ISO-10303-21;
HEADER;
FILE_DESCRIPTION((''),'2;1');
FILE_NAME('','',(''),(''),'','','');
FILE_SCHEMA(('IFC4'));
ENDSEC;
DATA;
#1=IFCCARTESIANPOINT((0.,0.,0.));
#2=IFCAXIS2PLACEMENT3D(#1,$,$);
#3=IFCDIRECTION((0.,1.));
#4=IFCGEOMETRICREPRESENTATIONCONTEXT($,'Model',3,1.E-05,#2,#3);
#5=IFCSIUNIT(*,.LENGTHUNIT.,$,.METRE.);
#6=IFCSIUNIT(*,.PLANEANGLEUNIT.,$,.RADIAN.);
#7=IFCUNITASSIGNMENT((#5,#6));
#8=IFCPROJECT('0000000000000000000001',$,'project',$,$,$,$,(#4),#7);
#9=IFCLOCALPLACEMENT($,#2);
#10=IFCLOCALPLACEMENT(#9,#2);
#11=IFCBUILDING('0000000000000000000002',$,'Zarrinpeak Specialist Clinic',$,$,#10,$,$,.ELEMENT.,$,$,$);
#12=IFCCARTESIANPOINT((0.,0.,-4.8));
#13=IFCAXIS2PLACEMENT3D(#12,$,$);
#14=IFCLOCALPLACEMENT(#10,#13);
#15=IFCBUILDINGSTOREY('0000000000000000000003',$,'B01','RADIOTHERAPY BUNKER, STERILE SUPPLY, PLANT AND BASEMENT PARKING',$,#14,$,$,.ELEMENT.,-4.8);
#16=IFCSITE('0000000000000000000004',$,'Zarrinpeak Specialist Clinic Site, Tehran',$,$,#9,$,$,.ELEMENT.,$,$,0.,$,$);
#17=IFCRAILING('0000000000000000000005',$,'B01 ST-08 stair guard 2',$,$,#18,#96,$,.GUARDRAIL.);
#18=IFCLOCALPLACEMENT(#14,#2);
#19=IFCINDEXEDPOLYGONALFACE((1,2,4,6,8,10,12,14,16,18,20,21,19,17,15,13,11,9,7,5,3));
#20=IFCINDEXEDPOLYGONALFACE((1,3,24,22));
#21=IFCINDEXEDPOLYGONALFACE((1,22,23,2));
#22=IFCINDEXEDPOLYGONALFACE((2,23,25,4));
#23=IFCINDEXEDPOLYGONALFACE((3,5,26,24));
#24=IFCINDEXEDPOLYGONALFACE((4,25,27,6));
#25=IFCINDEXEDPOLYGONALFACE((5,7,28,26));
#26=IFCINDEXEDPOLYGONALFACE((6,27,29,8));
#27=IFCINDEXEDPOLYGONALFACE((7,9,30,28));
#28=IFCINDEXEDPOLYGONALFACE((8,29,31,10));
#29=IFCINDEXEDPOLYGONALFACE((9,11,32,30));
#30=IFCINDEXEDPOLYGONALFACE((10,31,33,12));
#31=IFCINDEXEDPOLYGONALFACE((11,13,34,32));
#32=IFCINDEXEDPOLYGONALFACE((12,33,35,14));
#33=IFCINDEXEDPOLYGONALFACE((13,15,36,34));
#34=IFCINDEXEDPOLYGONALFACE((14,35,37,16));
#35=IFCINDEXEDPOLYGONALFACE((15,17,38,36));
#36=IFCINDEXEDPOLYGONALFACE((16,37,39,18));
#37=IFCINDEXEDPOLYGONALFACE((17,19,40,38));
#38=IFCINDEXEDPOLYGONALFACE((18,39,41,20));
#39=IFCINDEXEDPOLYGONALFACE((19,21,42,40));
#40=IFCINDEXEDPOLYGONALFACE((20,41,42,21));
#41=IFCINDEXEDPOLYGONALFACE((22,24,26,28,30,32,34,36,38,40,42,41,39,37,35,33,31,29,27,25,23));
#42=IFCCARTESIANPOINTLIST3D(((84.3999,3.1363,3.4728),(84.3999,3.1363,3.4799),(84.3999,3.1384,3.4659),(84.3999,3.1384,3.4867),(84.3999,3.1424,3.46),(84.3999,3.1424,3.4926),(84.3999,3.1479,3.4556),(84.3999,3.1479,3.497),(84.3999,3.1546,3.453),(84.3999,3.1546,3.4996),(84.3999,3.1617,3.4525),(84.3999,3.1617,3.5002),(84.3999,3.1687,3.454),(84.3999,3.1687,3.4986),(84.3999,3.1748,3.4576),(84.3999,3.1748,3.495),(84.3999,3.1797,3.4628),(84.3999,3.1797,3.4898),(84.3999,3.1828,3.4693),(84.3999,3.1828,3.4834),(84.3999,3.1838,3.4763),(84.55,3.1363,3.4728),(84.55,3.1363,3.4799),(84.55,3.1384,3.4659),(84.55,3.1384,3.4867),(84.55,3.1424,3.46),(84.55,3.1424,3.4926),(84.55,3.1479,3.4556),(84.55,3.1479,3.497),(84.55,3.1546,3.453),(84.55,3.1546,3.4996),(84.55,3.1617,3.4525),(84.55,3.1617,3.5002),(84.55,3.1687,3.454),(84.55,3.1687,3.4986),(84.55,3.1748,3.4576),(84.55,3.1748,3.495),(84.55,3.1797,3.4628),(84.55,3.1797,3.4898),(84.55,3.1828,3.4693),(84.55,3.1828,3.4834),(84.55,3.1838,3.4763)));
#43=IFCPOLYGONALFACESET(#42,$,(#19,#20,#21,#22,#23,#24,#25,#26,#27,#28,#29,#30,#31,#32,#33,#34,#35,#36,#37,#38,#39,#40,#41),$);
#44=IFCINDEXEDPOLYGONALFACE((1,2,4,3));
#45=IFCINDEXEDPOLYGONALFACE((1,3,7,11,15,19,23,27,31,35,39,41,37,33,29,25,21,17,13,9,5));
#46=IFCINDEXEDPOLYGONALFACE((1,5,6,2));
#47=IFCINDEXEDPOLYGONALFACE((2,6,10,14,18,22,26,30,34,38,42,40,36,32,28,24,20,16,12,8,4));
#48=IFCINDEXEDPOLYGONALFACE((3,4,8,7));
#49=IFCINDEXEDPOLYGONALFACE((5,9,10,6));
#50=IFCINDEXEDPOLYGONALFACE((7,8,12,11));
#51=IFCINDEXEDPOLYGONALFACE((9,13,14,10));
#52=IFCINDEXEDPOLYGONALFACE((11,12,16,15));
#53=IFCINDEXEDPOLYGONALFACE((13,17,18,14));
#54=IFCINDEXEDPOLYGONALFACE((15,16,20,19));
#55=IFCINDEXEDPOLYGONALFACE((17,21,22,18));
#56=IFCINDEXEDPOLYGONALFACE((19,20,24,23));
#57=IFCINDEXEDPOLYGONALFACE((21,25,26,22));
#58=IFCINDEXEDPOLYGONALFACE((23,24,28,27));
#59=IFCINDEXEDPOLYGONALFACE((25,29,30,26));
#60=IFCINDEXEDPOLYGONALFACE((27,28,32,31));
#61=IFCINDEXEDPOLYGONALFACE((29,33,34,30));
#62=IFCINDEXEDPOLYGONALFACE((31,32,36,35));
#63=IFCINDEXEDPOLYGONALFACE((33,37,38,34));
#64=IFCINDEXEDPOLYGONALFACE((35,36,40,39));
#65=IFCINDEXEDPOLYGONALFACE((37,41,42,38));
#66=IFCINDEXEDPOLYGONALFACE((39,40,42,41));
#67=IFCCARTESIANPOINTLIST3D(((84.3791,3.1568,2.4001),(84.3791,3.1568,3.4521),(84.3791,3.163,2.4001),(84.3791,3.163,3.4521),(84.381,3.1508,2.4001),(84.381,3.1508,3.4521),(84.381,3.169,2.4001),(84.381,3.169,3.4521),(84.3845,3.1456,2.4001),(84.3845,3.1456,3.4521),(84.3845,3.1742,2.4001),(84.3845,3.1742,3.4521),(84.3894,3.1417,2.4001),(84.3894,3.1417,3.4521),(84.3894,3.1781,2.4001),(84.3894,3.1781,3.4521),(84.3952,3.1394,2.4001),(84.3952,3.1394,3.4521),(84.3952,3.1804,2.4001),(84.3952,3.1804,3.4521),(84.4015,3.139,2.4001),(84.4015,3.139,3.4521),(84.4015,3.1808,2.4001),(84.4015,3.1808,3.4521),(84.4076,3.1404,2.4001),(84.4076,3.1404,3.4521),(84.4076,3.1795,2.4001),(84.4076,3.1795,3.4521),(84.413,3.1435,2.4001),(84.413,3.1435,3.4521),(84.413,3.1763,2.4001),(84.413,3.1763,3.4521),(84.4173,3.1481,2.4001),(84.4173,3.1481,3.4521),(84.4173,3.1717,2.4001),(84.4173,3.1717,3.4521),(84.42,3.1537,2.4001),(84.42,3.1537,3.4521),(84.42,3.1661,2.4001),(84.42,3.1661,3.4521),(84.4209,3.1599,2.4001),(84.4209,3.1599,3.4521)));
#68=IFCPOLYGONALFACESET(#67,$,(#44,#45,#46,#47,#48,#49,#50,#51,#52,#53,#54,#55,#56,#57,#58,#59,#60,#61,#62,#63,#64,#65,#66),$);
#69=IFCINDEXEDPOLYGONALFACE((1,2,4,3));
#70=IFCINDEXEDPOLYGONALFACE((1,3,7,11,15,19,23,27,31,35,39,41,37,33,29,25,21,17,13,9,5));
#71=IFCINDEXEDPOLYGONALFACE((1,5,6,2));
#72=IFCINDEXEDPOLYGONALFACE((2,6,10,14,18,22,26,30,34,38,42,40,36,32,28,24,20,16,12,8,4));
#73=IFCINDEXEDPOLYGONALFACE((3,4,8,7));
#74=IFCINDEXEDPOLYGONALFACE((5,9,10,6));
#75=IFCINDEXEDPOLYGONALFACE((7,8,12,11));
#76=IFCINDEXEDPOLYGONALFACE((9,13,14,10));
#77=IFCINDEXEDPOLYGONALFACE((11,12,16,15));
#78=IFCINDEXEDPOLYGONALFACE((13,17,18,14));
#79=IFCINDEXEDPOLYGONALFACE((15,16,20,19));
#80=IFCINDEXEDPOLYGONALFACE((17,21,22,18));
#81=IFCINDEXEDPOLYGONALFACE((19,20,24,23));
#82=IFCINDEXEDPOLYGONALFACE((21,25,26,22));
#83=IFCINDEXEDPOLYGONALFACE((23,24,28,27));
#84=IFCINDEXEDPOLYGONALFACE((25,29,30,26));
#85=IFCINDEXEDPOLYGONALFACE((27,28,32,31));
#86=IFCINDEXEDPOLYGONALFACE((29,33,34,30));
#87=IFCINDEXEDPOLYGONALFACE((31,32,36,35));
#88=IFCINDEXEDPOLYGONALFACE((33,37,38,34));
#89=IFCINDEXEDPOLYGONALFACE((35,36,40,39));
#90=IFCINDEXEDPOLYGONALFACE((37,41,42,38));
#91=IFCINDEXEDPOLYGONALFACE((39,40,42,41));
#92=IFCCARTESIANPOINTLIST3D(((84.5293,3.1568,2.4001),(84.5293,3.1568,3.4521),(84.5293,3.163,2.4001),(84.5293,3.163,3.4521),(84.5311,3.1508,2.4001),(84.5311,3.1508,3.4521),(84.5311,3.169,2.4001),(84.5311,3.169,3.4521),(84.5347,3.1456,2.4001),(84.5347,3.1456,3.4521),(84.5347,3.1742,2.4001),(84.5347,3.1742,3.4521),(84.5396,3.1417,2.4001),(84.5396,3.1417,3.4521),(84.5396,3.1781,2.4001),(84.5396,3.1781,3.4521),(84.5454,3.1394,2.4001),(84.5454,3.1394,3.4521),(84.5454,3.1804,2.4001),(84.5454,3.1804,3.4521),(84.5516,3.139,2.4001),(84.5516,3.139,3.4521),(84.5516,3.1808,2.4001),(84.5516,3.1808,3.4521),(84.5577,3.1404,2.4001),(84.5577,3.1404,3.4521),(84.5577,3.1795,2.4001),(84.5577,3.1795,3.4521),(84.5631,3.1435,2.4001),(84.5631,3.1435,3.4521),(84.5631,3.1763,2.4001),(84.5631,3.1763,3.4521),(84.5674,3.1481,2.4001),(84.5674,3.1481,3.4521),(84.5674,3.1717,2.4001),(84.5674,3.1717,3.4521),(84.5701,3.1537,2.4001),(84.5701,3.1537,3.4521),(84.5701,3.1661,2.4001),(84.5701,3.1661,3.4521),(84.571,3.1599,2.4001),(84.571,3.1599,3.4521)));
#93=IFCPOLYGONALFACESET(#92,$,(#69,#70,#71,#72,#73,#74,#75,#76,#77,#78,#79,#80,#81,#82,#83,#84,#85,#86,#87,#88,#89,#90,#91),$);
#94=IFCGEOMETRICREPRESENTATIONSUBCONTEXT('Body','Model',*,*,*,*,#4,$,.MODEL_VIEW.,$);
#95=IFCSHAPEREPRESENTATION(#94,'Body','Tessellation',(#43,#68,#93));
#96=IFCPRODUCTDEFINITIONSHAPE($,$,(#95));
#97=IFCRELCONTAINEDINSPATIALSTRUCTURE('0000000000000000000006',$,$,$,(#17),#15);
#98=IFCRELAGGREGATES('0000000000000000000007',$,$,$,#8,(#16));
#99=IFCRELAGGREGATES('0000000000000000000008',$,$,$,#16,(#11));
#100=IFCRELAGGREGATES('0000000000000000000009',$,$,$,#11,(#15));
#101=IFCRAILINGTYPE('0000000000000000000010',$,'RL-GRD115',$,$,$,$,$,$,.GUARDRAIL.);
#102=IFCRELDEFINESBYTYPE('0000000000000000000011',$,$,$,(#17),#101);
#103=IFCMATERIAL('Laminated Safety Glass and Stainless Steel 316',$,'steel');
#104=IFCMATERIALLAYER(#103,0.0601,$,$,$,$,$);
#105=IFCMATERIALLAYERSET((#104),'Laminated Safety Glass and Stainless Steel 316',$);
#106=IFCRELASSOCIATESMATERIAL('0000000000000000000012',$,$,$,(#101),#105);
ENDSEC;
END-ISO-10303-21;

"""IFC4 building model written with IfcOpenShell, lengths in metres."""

from ifc_helpers import new_model, si_unit, direction, frame, origin, origin_2d, place, context, subcontext, project, spatial, circle, extrude, material, layer, layer_set, type_object, element, save


model = new_model("IFC4")

# Units and contexts
model_context = context("Model", 3, precision=1e-05, world=origin(), true_north=direction((0.0, 1.0)))
body_context = subcontext(model_context, "Body", "Model", "MODEL_VIEW")
ifc_project = project(units=[si_unit("LENGTHUNIT", "METRE"), si_unit("PLANEANGLEUNIT", "RADIAN")], contexts=[model_context])

# Site, building, storey
site_placement = place(None, origin())
site = spatial("IfcSite", under=ifc_project, at=site_placement, Name="Zarrinpeak Specialist Clinic Site, Tehran", CompositionType="ELEMENT", RefElevation=0.0)
building_placement = place(site_placement, origin())
building = spatial("IfcBuilding", under=site, at=building_placement, Name="Zarrinpeak Specialist Clinic", CompositionType="ELEMENT")
storey_placement = place(building_placement, frame((0.0, 0.0, -4.8)))
storey = spatial("IfcBuildingStorey", under=building, at=storey_placement, Name="B01", Description="RADIOTHERAPY BUNKER, STERILE SUPPLY, PLANT AND BASEMENT PARKING", CompositionType="ELEMENT", Elevation=-4.8)

# Railing
ifc_material_1 = material(Name="Laminated Safety Glass and Stainless Steel 316", Category="steel")
ifc_layer_1 = layer(ifc_material_1, 0.0601)
ifc_layer_set_1 = layer_set([ifc_layer_1], Name="Laminated Safety Glass and Stainless Steel 316")
railing_type_1 = type_object("IfcRailingType", Name="RL-GRD115", PredefinedType="GUARDRAIL", material=ifc_layer_set_1)
railing_1_placement = place(storey_placement, frame((84.3999, 3.1599, 2.4001)))
element("IfcRailing", 1, at=railing_1_placement, inside=storey, type_object=railing_type_1, Name="B01 ST-08 stair guard 2", PredefinedType="GUARDRAIL", context=body_context, shape_type="SweptSolid", body=[
    extrude(circle(Radius=0.0239, at=origin_2d()), frame((0.0, 0.0, 1.0762), z_axis=(1.0, 0.0, 0.0), x_axis=(0.0, 1.0, 0.0)), (0.0, 0.0, 1.0), 0.1501),
    extrude(circle(Radius=0.021, at=origin_2d()), origin(), (0.0, 0.0, 1.0), 1.052),
    extrude(circle(Radius=0.021, at=origin_2d()), frame((0.1501, 0.0, 0.0)), (0.0, 0.0, 1.0), 1.052),
])

save(model, "model.ifc")
